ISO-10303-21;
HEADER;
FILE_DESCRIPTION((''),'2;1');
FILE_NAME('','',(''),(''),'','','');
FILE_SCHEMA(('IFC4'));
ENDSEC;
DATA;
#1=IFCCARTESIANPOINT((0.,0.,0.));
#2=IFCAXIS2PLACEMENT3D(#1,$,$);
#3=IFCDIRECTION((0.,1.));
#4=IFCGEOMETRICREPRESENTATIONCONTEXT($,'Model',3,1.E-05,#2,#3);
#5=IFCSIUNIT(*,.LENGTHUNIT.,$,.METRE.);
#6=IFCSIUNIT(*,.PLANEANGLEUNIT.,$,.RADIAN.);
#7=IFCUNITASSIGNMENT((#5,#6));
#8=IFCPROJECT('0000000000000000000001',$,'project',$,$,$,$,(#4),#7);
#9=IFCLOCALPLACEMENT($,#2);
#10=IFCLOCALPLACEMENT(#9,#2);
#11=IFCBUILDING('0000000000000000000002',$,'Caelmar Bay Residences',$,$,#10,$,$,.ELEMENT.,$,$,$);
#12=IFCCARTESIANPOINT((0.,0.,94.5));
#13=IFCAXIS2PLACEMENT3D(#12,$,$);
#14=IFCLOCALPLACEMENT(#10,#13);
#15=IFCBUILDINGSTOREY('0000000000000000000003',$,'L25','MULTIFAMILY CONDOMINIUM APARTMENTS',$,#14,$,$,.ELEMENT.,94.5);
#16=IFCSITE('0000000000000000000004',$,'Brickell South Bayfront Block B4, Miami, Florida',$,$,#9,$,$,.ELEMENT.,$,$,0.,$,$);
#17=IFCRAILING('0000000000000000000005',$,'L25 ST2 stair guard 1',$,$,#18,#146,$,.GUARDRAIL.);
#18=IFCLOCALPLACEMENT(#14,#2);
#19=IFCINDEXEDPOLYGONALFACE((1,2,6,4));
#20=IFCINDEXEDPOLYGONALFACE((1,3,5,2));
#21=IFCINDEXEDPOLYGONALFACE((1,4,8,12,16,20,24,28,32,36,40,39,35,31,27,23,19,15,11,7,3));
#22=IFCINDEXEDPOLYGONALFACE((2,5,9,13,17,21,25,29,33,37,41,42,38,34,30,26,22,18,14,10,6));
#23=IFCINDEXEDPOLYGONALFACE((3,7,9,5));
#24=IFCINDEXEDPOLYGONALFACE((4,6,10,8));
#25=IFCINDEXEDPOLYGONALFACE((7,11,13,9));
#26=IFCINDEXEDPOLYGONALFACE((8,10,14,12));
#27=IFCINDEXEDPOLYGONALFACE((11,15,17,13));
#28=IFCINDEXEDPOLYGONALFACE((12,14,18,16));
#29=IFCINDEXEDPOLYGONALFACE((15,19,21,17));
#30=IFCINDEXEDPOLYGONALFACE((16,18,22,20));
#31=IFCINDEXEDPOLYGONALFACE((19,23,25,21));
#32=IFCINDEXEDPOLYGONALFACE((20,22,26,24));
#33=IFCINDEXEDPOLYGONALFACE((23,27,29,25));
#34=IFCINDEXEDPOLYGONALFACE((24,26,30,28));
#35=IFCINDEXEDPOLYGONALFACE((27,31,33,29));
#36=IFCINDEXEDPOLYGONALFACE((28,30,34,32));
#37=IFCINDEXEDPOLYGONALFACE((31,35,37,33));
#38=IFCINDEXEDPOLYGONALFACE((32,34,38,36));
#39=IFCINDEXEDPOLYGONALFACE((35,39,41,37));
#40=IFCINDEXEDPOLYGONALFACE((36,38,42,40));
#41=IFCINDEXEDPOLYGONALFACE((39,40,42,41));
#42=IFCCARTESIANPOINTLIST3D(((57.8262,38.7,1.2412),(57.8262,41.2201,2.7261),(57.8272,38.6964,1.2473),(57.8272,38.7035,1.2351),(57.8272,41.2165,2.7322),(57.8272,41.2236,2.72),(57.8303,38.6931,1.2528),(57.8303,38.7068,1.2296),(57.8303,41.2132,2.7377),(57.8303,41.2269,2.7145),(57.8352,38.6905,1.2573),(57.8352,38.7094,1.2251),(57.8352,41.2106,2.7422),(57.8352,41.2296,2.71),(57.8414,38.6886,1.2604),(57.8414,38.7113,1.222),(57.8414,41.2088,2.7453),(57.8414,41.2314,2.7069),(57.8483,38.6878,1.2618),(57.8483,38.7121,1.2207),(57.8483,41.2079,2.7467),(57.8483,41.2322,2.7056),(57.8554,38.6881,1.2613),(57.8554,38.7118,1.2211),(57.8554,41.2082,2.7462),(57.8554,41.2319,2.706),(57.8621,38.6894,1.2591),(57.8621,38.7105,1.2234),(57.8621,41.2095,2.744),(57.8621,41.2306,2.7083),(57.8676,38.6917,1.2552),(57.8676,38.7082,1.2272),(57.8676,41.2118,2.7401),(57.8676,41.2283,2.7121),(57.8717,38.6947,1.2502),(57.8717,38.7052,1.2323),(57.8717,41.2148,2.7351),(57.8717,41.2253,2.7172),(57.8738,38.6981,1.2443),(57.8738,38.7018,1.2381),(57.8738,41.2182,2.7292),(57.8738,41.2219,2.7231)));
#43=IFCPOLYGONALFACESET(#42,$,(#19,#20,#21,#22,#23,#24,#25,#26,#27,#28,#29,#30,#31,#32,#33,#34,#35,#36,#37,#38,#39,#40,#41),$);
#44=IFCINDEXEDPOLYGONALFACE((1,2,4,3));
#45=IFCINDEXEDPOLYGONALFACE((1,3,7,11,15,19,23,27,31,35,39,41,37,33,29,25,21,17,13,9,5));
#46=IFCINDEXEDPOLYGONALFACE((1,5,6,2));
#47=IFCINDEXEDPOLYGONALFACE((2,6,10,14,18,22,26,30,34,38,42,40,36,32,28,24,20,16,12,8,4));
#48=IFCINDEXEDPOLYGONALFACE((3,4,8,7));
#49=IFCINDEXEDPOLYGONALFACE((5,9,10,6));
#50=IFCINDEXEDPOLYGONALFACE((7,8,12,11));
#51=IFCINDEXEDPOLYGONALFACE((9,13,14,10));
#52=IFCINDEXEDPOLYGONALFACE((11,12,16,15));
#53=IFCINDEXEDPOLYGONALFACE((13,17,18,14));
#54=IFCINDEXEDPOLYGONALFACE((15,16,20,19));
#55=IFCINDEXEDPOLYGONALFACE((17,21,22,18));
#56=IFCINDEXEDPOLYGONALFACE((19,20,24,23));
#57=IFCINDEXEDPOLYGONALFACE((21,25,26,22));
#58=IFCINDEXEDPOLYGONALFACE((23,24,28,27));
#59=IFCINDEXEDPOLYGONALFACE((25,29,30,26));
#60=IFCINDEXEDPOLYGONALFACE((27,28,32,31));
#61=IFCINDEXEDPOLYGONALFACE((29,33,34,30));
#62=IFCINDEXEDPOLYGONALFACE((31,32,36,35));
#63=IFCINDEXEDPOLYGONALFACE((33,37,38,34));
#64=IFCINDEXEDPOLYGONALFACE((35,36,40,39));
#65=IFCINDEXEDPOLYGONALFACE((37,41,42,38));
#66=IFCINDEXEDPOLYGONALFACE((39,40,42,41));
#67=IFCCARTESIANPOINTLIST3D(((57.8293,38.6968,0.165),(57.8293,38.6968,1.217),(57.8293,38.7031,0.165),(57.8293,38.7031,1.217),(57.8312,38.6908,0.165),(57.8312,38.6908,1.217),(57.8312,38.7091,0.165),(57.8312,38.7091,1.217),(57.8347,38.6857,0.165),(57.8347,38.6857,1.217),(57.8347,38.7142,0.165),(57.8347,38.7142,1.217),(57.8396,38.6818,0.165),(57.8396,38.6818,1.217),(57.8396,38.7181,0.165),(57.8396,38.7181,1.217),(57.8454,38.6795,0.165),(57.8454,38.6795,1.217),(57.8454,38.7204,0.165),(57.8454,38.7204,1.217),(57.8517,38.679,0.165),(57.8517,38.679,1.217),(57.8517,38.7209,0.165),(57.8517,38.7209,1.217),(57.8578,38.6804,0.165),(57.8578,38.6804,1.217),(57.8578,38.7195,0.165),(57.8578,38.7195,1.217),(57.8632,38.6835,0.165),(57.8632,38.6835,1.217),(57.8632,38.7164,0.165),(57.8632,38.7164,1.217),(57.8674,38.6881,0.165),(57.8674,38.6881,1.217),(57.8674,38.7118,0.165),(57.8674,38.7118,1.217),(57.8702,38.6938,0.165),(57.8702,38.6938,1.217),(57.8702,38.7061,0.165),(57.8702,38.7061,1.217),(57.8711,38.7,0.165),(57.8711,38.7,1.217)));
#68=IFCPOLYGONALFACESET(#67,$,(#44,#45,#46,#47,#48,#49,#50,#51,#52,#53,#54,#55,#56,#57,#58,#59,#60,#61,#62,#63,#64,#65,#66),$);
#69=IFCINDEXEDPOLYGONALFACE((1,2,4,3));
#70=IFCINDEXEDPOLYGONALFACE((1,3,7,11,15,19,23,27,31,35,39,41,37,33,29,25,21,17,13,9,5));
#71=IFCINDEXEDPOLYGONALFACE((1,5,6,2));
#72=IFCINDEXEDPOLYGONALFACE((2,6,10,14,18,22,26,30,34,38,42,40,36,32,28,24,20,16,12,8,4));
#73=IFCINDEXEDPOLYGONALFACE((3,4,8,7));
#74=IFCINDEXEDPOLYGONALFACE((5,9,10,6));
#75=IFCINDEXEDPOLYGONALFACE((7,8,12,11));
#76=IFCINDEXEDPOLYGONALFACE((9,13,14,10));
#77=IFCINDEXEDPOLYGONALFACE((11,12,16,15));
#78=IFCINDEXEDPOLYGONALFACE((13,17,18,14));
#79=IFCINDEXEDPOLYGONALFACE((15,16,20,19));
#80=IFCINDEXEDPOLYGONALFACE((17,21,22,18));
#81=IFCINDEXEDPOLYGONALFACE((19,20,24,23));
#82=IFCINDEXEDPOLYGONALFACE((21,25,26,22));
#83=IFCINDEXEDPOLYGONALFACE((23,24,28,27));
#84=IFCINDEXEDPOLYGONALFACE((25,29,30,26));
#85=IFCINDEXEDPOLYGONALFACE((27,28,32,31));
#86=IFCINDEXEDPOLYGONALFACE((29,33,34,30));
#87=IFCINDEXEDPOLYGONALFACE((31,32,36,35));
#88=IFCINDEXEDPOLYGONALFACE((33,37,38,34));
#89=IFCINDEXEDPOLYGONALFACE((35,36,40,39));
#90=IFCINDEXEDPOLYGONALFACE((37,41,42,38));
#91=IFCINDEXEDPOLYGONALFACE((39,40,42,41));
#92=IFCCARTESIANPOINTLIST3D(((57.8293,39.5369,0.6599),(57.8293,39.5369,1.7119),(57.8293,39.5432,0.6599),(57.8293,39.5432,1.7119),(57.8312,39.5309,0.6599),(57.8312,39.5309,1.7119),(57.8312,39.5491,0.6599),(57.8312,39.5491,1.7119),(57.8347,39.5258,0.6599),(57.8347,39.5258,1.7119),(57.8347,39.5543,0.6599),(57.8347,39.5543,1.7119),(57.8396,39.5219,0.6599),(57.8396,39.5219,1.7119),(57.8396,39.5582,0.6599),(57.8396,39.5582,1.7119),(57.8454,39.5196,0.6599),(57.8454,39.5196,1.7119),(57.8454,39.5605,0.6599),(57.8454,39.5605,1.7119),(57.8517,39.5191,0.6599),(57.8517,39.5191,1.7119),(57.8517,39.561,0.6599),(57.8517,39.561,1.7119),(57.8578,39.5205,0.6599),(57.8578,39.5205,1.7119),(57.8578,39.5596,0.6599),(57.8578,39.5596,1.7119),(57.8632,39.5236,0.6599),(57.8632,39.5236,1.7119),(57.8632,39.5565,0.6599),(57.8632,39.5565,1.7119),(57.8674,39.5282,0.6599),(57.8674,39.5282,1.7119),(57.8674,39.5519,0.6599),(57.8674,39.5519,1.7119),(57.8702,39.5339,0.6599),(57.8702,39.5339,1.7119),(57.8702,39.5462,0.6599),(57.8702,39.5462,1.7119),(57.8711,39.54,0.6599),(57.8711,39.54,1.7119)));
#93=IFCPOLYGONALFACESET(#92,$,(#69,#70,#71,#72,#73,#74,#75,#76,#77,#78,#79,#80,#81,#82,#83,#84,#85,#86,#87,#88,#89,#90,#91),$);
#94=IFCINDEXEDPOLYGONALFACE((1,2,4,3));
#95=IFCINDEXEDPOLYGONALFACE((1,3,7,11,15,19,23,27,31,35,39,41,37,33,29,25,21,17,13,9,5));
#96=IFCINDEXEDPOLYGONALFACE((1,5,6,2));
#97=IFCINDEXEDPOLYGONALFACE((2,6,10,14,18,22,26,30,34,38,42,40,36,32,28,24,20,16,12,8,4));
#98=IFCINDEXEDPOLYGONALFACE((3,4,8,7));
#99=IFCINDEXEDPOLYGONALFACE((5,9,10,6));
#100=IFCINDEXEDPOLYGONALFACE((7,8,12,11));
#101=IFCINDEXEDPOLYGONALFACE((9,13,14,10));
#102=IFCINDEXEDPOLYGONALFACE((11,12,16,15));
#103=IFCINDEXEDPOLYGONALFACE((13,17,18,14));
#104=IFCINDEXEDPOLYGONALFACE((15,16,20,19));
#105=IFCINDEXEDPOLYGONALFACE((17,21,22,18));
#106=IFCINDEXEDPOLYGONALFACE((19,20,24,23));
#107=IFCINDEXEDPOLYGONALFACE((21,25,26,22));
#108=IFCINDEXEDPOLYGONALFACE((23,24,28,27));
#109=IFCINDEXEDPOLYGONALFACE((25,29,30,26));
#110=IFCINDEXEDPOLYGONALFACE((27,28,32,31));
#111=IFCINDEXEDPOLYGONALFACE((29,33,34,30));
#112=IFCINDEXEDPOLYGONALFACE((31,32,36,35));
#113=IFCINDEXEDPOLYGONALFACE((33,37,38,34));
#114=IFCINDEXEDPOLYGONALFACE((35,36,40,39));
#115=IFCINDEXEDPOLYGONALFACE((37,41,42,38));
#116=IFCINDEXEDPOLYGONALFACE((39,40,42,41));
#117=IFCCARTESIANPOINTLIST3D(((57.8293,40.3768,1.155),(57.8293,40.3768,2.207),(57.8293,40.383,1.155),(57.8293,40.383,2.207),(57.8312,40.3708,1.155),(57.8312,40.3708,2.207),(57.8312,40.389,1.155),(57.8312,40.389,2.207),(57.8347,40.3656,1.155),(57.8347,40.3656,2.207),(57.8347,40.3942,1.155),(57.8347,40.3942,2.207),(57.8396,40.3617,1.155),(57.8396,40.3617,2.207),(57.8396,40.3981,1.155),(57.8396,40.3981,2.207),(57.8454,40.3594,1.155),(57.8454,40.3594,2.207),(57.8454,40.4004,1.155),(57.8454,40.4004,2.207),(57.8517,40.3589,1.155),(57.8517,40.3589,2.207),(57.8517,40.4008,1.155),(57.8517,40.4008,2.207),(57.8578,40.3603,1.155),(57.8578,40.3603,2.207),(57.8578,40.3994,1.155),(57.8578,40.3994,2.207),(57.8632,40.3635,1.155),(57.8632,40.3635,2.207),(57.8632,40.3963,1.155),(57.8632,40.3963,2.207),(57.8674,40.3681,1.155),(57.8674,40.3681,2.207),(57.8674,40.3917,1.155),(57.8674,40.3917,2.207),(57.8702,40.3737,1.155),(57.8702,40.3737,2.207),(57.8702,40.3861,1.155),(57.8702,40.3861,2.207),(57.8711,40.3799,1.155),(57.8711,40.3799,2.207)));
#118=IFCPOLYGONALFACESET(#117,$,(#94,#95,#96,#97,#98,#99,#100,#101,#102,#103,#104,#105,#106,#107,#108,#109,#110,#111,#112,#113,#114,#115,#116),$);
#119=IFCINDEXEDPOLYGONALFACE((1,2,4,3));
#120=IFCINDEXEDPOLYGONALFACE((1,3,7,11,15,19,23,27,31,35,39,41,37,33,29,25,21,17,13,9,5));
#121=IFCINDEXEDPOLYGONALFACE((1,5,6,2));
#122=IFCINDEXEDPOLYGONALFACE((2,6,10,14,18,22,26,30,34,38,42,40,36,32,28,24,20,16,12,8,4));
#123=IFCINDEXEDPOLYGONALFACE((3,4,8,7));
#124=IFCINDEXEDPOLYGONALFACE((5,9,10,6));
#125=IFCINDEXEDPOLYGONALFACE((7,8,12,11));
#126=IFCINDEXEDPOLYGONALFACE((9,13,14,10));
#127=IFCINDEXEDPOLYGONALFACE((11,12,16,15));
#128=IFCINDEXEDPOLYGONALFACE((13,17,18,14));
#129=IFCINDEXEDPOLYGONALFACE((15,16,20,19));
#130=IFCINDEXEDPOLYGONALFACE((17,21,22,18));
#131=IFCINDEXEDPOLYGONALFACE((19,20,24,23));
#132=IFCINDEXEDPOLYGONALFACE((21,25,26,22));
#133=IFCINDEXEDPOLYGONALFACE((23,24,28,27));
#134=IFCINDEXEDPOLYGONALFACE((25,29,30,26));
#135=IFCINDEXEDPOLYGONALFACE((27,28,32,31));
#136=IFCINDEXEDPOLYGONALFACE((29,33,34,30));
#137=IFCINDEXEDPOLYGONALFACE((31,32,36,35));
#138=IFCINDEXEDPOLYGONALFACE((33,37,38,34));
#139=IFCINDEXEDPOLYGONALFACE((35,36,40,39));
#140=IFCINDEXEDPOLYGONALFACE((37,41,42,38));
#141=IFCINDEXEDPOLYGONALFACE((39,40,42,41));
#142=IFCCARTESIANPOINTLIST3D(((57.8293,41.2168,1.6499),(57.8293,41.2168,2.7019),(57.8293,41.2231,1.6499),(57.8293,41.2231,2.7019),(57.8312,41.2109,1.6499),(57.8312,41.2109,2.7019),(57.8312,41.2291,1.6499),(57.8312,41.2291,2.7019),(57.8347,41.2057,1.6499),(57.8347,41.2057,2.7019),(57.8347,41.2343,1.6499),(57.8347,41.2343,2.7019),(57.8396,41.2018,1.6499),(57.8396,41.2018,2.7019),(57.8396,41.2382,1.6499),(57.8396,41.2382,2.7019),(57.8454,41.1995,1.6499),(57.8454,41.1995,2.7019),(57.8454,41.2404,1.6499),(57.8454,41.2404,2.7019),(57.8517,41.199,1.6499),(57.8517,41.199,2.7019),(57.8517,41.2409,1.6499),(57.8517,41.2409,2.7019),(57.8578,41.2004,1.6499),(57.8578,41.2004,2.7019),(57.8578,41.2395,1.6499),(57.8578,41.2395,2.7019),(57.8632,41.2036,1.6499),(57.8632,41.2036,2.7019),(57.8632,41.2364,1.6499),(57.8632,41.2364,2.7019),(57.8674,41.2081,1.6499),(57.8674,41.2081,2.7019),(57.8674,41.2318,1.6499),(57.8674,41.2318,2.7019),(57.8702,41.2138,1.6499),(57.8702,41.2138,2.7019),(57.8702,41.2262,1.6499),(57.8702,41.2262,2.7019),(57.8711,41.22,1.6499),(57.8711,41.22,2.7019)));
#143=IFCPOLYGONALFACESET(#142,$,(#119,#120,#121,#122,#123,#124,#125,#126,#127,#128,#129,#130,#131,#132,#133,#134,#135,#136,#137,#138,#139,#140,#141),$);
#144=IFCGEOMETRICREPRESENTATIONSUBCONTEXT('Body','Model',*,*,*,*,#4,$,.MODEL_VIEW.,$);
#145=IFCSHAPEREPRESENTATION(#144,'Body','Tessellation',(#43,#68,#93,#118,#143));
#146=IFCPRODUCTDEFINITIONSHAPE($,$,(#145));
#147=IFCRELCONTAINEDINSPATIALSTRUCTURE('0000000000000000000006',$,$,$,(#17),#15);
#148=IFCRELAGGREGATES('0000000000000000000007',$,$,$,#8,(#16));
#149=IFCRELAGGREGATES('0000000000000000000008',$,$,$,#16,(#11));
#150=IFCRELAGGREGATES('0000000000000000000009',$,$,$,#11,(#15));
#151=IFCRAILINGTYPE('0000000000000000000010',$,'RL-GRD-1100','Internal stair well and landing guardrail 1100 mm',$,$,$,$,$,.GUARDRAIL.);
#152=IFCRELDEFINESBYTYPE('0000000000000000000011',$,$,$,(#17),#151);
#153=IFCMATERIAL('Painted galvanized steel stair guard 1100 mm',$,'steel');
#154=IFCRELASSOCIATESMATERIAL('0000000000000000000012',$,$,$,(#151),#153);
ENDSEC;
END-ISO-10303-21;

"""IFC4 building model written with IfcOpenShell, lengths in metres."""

from ifc_helpers import new_model, si_unit, direction, frame, origin, origin_2d, place, context, subcontext, project, spatial, circle, extrude, material, type_object, element, save


model = new_model("IFC4")

# Units and contexts
model_context = context("Model", 3, precision=1e-05, world=origin(), true_north=direction((0.0, 1.0)))
body_context = subcontext(model_context, "Body", "Model", "MODEL_VIEW")
ifc_project = project(units=[si_unit("LENGTHUNIT", "METRE"), si_unit("PLANEANGLEUNIT", "RADIAN")], contexts=[model_context])

# Site, building, storey
site_placement = place(None, origin())
site = spatial("IfcSite", under=ifc_project, at=site_placement, Name="Brickell South Bayfront Block B4, Miami, Florida", CompositionType="ELEMENT", RefElevation=0.0)
building_placement = place(site_placement, origin())
building = spatial("IfcBuilding", under=site, at=building_placement, Name="Caelmar Bay Residences", CompositionType="ELEMENT")
storey_placement = place(building_placement, frame((0.0, 0.0, 94.5)))
storey = spatial("IfcBuildingStorey", under=building, at=storey_placement, Name="L25", Description="MULTIFAMILY CONDOMINIUM APARTMENTS", CompositionType="ELEMENT", Elevation=94.5)

# Railing
ifc_material_1 = material(Name="Painted galvanized steel stair guard 1100 mm", Category="steel")
railing_type_1 = type_object("IfcRailingType", Name="RL-GRD-1100", Description="Internal stair well and landing guardrail 1100 mm", PredefinedType="GUARDRAIL", material=ifc_material_1)
railing_1_placement = place(storey_placement, frame((57.8501, 38.7, 0.165)))
element("IfcRailing", 1, at=railing_1_placement, inside=storey, type_object=railing_type_1, Name="L25 ST2 stair guard 1", PredefinedType="GUARDRAIL", context=body_context, shape_type="SweptSolid", body=[
    extrude(circle(Radius=0.0239, at=origin_2d()), frame((0.0, 0.0, 1.0762), z_axis=(0.0, 0.861561, 0.507655), x_axis=(-1.0, 0.0, 0.0)), (0.0, 0.0, 1.0), 2.925),
    extrude(circle(Radius=0.021, at=origin_2d()), origin(), (0.0, 0.0, 1.0), 1.052),
    extrude(circle(Radius=0.021, at=origin_2d()), frame((0.0, 0.8401, 0.4949)), (0.0, 0.0, 1.0), 1.052),
    extrude(circle(Radius=0.021, at=origin_2d()), frame((0.0, 1.6799, 0.99)), (0.0, 0.0, 1.0), 1.052),
    extrude(circle(Radius=0.021, at=origin_2d()), frame((0.0, 2.52, 1.4849)), (0.0, 0.0, 1.0), 1.052),
])

save(model, "model.ifc")
